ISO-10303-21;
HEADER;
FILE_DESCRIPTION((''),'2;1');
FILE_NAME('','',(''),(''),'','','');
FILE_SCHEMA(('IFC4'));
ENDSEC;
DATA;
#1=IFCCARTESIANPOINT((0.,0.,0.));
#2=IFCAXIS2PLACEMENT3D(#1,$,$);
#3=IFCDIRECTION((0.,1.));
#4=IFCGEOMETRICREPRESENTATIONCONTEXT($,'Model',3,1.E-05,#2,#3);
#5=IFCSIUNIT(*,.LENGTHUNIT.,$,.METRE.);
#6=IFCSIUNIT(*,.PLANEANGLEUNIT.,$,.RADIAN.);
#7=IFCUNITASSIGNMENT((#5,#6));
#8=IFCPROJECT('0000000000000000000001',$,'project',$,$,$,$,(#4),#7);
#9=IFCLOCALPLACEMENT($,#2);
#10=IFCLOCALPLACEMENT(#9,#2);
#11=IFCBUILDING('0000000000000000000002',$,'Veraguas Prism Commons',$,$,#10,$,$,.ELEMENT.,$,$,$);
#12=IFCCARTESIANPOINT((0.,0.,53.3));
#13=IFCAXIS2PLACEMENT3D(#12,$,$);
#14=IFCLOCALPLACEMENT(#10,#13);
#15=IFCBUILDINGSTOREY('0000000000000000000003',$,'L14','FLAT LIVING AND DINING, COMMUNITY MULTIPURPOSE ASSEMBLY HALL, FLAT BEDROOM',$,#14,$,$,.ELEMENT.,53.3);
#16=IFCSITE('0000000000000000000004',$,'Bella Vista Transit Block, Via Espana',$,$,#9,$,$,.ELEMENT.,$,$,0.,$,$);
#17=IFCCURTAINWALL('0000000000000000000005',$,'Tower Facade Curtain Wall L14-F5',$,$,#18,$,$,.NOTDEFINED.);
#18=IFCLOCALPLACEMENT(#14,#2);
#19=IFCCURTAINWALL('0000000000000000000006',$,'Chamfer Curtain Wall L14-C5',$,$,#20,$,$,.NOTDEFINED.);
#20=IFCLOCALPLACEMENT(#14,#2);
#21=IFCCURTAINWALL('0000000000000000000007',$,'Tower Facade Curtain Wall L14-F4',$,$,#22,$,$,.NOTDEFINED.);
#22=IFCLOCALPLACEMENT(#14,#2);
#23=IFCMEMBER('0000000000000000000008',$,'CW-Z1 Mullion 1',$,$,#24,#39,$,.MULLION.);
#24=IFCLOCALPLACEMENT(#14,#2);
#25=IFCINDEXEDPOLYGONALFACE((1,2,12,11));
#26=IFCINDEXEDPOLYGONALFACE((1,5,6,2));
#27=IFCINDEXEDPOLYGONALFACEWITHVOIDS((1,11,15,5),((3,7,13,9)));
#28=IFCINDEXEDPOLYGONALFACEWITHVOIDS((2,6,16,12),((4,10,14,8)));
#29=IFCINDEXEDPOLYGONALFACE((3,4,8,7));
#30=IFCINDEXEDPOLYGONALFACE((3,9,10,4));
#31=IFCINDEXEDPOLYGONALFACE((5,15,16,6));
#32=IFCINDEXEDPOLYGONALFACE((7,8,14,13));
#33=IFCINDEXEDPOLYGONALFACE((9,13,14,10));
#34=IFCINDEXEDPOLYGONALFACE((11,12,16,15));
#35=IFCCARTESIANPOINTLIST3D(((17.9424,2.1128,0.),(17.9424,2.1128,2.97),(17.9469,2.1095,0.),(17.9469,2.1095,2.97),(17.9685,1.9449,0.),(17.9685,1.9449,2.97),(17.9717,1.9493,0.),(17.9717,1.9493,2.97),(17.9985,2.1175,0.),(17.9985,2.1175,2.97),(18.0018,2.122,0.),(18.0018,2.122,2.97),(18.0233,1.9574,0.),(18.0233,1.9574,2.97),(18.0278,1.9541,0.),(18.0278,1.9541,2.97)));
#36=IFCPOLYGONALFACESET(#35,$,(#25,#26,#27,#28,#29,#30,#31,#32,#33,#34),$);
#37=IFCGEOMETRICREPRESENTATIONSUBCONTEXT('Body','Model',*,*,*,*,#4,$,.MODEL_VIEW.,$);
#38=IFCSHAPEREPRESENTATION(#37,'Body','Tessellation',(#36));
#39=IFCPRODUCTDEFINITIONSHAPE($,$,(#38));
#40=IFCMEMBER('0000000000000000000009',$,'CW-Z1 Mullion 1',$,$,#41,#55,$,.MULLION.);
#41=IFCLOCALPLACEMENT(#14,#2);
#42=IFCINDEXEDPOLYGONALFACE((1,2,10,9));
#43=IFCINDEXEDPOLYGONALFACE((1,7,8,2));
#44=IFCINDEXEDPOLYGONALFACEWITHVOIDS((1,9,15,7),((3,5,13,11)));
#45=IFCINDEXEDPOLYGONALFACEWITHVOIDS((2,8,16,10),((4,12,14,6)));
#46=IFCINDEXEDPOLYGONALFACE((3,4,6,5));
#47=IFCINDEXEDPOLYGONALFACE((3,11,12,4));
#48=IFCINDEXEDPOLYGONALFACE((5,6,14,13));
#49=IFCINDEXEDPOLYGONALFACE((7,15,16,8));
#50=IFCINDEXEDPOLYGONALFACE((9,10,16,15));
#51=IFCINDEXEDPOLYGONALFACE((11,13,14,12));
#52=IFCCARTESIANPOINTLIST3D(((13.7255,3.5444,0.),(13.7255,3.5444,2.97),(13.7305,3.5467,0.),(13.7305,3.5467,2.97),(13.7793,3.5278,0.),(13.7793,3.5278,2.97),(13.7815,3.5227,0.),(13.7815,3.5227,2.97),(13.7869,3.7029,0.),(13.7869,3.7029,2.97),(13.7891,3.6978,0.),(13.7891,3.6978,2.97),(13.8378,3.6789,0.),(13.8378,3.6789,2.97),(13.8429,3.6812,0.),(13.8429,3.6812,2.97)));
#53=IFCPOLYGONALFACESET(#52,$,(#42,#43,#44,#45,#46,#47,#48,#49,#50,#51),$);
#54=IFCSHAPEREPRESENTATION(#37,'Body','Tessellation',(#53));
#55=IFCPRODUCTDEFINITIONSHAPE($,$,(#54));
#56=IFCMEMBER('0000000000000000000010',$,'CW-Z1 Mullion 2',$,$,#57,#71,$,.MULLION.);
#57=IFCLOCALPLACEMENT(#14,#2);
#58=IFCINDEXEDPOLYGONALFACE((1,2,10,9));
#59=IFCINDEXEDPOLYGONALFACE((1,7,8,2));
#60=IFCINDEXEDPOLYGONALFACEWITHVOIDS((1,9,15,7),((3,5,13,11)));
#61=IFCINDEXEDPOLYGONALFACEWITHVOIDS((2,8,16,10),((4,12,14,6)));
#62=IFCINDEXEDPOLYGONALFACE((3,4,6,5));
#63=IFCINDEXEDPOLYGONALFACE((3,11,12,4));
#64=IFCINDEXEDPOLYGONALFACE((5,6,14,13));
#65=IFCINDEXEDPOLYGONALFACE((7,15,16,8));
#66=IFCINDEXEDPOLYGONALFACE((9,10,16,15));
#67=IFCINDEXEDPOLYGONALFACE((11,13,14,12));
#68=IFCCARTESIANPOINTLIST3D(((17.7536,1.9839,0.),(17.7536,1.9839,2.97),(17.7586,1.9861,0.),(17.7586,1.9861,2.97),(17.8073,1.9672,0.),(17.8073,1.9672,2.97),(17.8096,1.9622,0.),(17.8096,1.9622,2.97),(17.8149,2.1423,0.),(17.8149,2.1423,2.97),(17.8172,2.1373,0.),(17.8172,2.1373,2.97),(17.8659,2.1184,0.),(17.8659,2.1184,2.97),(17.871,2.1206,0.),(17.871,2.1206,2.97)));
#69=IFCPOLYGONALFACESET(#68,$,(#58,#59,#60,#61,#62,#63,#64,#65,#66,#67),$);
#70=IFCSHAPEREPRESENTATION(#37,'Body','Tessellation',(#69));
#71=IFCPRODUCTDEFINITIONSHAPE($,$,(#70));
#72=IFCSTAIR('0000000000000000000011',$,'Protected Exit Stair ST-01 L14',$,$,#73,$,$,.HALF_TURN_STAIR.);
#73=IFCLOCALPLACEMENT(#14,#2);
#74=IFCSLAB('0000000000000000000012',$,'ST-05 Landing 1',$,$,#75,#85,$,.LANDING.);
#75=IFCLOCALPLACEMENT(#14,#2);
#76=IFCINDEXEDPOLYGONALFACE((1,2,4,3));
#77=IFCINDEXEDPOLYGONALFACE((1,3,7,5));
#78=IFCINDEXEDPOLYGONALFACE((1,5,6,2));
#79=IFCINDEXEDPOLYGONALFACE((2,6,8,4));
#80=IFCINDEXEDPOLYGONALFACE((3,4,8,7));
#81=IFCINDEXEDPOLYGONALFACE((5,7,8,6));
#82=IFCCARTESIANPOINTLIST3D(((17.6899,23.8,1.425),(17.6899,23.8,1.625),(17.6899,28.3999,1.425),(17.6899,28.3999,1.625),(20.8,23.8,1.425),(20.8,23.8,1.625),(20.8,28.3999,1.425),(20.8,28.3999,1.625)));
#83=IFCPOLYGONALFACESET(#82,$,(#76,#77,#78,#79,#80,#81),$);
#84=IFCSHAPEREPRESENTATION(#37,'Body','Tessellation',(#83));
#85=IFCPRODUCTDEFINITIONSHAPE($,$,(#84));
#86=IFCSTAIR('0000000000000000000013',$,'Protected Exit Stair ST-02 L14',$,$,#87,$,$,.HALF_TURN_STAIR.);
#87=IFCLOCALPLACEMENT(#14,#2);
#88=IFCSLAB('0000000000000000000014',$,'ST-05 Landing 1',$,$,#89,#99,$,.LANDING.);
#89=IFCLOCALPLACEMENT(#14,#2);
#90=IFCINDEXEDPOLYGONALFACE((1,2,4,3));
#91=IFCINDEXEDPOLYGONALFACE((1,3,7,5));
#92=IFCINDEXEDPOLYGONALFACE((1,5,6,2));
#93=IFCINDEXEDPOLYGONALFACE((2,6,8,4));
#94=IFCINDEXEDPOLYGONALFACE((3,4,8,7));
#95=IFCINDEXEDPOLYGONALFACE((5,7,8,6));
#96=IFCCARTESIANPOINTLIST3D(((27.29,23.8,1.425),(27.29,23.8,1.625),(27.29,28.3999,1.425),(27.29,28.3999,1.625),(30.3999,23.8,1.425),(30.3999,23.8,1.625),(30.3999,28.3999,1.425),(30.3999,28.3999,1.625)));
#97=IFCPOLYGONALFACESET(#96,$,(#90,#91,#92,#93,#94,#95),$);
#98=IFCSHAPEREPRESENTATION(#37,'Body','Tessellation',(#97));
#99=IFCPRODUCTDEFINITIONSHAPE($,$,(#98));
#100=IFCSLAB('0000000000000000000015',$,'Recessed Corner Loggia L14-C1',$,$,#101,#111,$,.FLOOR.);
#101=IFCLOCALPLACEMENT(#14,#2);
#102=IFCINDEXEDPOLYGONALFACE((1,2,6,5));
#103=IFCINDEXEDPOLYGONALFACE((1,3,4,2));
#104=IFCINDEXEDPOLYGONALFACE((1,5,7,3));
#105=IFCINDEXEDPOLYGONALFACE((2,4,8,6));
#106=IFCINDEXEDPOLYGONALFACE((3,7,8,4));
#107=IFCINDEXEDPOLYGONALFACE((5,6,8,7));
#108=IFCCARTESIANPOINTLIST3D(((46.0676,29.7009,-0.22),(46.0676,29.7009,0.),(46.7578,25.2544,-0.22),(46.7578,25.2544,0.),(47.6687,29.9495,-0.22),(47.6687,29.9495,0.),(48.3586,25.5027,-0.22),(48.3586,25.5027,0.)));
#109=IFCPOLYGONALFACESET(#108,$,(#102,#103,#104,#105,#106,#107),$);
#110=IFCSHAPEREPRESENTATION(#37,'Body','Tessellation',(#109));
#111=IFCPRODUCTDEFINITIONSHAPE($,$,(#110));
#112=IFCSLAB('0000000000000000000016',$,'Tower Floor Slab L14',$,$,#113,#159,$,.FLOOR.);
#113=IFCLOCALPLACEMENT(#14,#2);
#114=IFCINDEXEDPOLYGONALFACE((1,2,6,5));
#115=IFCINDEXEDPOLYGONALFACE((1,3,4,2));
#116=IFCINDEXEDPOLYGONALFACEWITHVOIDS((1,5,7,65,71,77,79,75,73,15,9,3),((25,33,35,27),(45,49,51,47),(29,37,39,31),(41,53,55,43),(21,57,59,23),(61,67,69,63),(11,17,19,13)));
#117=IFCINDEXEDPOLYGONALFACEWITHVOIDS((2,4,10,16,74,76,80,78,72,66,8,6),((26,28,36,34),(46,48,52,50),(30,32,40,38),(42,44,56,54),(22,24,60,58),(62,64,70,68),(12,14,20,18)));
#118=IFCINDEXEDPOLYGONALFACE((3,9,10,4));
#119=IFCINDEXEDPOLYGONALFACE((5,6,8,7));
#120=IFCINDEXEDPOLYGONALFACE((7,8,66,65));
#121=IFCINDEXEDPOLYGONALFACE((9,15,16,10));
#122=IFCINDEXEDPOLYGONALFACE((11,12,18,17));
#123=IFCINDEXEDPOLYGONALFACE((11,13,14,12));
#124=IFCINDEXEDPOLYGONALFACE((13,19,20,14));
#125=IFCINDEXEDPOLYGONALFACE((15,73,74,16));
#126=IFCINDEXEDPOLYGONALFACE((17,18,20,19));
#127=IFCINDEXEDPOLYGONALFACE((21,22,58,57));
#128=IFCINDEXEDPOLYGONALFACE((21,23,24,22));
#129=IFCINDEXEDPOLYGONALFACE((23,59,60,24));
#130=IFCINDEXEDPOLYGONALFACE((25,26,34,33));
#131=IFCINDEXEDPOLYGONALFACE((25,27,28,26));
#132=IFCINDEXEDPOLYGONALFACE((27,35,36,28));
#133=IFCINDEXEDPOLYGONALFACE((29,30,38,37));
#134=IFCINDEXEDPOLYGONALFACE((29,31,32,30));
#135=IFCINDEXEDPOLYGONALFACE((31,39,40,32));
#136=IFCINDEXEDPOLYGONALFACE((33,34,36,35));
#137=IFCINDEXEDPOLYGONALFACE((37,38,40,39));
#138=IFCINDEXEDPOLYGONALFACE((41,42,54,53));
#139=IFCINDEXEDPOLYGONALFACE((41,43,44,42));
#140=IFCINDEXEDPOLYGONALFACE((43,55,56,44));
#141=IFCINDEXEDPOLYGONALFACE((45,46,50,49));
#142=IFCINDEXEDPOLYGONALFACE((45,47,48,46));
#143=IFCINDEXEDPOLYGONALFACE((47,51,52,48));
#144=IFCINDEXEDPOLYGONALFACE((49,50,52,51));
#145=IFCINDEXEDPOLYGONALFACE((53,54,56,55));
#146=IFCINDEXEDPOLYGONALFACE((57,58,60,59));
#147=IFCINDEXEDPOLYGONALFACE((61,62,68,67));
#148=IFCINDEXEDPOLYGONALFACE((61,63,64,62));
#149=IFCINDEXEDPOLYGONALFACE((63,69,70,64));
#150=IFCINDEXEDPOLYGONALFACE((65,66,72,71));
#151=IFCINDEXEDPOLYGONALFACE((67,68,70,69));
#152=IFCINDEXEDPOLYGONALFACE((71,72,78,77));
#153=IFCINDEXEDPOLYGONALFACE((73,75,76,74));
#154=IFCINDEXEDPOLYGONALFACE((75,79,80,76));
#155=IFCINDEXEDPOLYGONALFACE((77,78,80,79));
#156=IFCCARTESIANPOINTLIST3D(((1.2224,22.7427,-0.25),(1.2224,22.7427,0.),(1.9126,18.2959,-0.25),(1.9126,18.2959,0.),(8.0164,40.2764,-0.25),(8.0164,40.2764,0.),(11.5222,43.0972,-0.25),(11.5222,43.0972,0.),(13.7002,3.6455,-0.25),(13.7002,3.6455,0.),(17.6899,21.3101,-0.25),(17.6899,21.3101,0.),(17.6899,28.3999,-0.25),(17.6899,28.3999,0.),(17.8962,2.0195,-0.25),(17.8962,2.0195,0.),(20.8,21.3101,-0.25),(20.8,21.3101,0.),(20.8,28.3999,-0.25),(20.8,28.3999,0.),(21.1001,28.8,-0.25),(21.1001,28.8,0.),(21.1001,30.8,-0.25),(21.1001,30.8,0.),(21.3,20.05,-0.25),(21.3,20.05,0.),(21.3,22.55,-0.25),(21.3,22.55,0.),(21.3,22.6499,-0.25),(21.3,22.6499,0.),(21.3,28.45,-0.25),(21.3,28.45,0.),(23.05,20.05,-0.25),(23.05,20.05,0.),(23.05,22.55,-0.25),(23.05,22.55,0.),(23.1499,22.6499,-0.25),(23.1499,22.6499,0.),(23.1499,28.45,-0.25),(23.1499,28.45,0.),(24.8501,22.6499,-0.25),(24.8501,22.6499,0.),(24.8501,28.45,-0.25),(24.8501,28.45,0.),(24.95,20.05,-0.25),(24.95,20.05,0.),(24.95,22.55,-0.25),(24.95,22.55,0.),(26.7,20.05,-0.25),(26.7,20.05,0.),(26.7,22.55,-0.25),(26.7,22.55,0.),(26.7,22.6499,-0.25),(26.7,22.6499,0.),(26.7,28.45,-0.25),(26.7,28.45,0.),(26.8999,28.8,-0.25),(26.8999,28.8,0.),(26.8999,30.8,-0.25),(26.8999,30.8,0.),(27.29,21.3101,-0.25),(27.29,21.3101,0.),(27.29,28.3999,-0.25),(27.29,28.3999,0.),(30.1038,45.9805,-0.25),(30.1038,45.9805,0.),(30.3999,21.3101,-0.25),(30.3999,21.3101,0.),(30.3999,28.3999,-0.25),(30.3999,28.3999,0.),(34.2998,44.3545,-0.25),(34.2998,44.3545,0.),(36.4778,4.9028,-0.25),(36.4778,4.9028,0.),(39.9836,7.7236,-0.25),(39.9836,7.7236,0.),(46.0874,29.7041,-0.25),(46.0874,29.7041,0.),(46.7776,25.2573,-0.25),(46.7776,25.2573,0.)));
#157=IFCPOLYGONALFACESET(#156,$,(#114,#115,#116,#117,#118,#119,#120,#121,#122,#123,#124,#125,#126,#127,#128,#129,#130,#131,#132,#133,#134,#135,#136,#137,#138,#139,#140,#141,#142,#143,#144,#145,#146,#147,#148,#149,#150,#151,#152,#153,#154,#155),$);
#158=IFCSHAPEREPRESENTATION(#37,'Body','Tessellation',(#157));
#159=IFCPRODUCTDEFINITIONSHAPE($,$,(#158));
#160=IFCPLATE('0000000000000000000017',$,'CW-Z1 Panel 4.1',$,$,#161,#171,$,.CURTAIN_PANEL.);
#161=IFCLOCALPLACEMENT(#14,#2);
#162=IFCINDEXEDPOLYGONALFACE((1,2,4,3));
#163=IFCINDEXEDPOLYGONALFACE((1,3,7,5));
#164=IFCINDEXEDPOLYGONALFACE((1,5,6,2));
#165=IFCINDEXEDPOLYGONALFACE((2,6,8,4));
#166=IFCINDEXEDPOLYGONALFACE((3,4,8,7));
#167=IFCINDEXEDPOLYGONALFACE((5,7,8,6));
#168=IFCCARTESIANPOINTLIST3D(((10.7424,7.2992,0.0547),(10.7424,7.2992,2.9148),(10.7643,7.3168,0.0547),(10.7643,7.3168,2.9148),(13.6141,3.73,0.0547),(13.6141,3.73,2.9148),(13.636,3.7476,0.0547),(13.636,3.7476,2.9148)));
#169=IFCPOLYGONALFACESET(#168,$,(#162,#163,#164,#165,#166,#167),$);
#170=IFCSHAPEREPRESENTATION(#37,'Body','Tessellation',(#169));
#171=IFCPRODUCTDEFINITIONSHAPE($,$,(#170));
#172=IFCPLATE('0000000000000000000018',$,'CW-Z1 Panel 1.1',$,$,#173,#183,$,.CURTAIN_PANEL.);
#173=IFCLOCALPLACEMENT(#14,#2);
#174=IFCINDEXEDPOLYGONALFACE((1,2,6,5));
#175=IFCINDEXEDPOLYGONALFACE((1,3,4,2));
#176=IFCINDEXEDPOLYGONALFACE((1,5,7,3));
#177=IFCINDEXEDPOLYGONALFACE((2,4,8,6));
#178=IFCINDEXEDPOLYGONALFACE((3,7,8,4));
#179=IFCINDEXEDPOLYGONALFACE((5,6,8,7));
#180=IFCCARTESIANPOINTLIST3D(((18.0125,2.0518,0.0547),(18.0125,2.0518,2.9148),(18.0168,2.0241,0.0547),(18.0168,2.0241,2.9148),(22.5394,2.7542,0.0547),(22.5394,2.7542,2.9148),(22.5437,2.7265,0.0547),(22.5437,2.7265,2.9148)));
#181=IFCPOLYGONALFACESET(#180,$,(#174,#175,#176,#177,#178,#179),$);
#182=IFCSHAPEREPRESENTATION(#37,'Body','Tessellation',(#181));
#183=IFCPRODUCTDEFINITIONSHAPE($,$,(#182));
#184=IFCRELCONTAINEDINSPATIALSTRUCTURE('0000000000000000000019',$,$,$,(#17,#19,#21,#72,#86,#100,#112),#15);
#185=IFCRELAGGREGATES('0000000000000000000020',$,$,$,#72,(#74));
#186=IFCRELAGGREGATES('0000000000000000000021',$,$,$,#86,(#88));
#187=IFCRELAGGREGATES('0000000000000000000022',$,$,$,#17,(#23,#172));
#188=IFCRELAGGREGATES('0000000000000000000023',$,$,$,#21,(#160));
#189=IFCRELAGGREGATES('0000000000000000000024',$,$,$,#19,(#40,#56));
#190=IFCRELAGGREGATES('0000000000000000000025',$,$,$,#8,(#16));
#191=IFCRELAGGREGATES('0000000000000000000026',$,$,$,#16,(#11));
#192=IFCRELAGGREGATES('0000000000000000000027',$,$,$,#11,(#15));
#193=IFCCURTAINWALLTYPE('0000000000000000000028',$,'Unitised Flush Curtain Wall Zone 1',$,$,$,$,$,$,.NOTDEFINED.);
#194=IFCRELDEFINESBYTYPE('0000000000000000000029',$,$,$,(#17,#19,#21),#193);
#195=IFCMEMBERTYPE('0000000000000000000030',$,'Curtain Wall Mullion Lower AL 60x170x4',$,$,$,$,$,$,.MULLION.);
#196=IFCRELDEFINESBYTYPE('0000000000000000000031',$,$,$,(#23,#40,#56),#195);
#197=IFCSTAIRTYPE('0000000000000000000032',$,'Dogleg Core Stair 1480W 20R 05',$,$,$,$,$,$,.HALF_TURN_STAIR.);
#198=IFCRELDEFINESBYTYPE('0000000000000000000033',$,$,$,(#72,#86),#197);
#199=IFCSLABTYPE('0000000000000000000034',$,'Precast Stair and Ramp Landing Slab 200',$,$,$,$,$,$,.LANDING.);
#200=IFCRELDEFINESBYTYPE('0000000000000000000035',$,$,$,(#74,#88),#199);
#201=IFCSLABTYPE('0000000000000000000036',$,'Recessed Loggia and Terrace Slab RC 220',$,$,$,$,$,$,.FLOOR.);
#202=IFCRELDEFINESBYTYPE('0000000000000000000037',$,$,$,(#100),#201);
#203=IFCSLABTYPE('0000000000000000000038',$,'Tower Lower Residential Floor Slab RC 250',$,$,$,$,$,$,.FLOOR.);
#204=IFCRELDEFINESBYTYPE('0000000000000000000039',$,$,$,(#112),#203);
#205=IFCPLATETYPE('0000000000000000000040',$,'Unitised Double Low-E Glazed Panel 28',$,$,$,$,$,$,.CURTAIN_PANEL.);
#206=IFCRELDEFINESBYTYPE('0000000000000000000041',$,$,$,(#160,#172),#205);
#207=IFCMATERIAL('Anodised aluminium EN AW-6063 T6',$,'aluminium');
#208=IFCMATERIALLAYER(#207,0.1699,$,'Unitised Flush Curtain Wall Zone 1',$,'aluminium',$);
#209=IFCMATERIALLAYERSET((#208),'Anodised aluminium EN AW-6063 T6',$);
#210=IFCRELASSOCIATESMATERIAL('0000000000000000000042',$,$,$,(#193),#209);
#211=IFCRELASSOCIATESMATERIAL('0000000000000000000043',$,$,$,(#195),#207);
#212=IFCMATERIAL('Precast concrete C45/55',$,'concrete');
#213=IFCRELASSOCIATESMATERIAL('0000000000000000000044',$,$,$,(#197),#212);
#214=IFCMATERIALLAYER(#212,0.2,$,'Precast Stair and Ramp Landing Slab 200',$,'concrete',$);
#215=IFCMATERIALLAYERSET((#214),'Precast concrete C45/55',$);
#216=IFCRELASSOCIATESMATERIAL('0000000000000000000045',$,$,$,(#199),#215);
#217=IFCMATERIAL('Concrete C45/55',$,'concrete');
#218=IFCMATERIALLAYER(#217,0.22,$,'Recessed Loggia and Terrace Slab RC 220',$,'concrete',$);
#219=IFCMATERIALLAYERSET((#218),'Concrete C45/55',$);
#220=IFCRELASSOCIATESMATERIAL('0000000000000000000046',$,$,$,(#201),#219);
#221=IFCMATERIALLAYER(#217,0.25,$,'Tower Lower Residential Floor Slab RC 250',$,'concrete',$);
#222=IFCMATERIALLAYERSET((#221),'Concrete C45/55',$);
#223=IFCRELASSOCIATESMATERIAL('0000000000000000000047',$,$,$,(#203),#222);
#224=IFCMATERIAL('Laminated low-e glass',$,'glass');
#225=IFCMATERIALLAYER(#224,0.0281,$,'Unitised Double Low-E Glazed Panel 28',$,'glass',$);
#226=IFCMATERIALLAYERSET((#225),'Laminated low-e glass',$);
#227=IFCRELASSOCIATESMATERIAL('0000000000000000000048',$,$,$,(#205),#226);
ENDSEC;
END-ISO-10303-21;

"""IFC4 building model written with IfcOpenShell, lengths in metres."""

from ifc_helpers import new_model, si_unit, direction, frame, origin, origin_2d, place, context, subcontext, project, spatial, polyline, rectangle, hollow_rectangle, outline, extrude, source, transform, mapped, material, layer, layer_set, material_profile, profile_set, type_object, element, aggregate, save


model = new_model("IFC4")

# Units and contexts
model_context = context("Model", 3, precision=1e-05, world=origin(), true_north=direction((0.0, 1.0)))
body_context = subcontext(model_context, "Body", "Model", "MODEL_VIEW")
ifc_project = project(units=[si_unit("LENGTHUNIT", "METRE"), si_unit("PLANEANGLEUNIT", "RADIAN")], contexts=[model_context])

# Site, building, storey
site_placement = place(None, origin())
site = spatial("IfcSite", under=ifc_project, at=site_placement, Name="Bella Vista Transit Block, Via Espana", CompositionType="ELEMENT", RefElevation=0.0)
building_placement = place(site_placement, origin())
building = spatial("IfcBuilding", under=site, at=building_placement, Name="Veraguas Prism Commons", CompositionType="ELEMENT")
storey_placement = place(building_placement, frame((0.0, 0.0, 53.3)))
storey = spatial("IfcBuildingStorey", under=building, at=storey_placement, Name="L14", Description="FLAT LIVING AND DINING, COMMUNITY MULTIPURPOSE ASSEMBLY HALL, FLAT BEDROOM", CompositionType="ELEMENT", Elevation=53.3)

# Curtain walls
ifc_material_1 = material(Name="Anodised aluminium EN AW-6063 T6", Category="aluminium")
ifc_layer_1 = layer(ifc_material_1, 0.1699, Name="Unitised Flush Curtain Wall Zone 1", Category="aluminium")
ifc_layer_set_1 = layer_set([ifc_layer_1], Name="Anodised aluminium EN AW-6063 T6")
curtain_wall_type = type_object("IfcCurtainWallType", Name="Unitised Flush Curtain Wall Zone 1", PredefinedType="NOTDEFINED", material=ifc_layer_set_1)
curtain_wall_1_placement = place(storey_placement, origin())
curtain_wall_1 = element("IfcCurtainWall", 1, at=curtain_wall_1_placement, inside=storey, type_object=curtain_wall_type, Name="Tower Facade Curtain Wall L14-F5", PredefinedType="NOTDEFINED")
curtain_wall_2_placement = place(storey_placement, origin())
curtain_wall_2 = element("IfcCurtainWall", 2, at=curtain_wall_2_placement, inside=storey, type_object=curtain_wall_type, Name="Chamfer Curtain Wall L14-C5", PredefinedType="NOTDEFINED")
curtain_wall_3_placement = place(storey_placement, origin())
curtain_wall_3 = element("IfcCurtainWall", 3, at=curtain_wall_3_placement, inside=storey, type_object=curtain_wall_type, Name="Tower Facade Curtain Wall L14-F4", PredefinedType="NOTDEFINED")
ifc_material_profile_1 = material_profile(ifc_material_1, hollow_rectangle(XDim=0.0601, YDim=0.1699, WallThickness=0.0039, at=origin_2d()), Name="AL60X170X4")
ifc_profile_set_1 = profile_set([ifc_material_profile_1], Name="Anodised aluminium EN AW-6063 T6")
member_type_1 = type_object("IfcMemberType", Name="Curtain Wall Mullion Lower AL 60x170x4", PredefinedType="MULLION", material=ifc_profile_set_1)
shared_shape_1 = source(origin(), body_context, "Body", "SweptSolid", [
    extrude(hollow_rectangle(XDim=0.0601, YDim=0.1699, WallThickness=0.0039, at=origin_2d()), origin(), (0.0, 0.0, 1.0), 2.97),
])

# Members
member_1_placement = place(storey_placement, frame((17.9851, 2.0334, 0.0), z_axis=(0.0, 0.0, 1.0), x_axis=(0.988175, 0.153331, 0.0)))
member_1 = element("IfcMember", 4, at=member_1_placement, type_object=member_type_1, Name="CW-Z1 Mullion 1", PredefinedType="MULLION", context=body_context, shape_type="MappedRepresentation", body=[
    mapped(shared_shape_1, transform((0.0, 0.0, 0.0), scale=1.0)),
])
member_2_placement = place(storey_placement, frame((13.7842, 3.6128, 0.0), z_axis=(0.0, 0.0, 1.0), x_axis=(0.932459, -0.361276, 0.0)))
member_2 = element("IfcMember", 5, at=member_2_placement, type_object=member_type_1, Name="CW-Z1 Mullion 1", PredefinedType="MULLION", context=body_context, shape_type="MappedRepresentation", body=[
    mapped(shared_shape_1, transform((0.0, 0.0, 0.0), scale=1.0)),
])
member_3_placement = place(storey_placement, frame((17.8123, 2.0522, 0.0), z_axis=(0.0, 0.0, 1.0), x_axis=(0.932459, -0.361276, 0.0)))
member_3 = element("IfcMember", 6, at=member_3_placement, type_object=member_type_1, Name="CW-Z1 Mullion 2", PredefinedType="MULLION", context=body_context, shape_type="MappedRepresentation", body=[
    mapped(shared_shape_1, transform((0.0, 0.0, 0.0), scale=1.0)),
])

# Stairs, slabs
ifc_material_2 = material(Name="Precast concrete C45/55", Category="concrete")
stair_type = type_object("IfcStairType", Name="Dogleg Core Stair 1480W 20R 05", PredefinedType="HALF_TURN_STAIR", material=ifc_material_2)
stair_1_placement = place(storey_placement, origin())
stair_1 = element("IfcStair", 7, at=stair_1_placement, inside=storey, type_object=stair_type, Name="Protected Exit Stair ST-01 L14", PredefinedType="HALF_TURN_STAIR")
ifc_layer_2 = layer(ifc_material_2, 0.2, Name="Precast Stair and Ramp Landing Slab 200", Category="concrete")
ifc_layer_set_2 = layer_set([ifc_layer_2], Name="Precast concrete C45/55")
slab_type_1 = type_object("IfcSlabType", Name="Precast Stair and Ramp Landing Slab 200", PredefinedType="LANDING", material=ifc_layer_set_2)
slab_1_placement = place(storey_placement, frame((0.0, 0.0, 1.425)))
slab_1 = element("IfcSlab", 8, at=slab_1_placement, type_object=slab_type_1, Name="ST-05 Landing 1", PredefinedType="LANDING", context=body_context, shape_type="SweptSolid", body=[
    extrude(outline(polyline([(20.8, 23.8), (20.8, 28.3999), (17.6899, 28.3999), (17.6899, 23.8), (20.8, 23.8)])), origin(), (0.0, 0.0, 1.0), 0.2),
])
aggregate(stair_1, [slab_1])
stair_2_placement = place(storey_placement, origin())
stair_2 = element("IfcStair", 9, at=stair_2_placement, inside=storey, type_object=stair_type, Name="Protected Exit Stair ST-02 L14", PredefinedType="HALF_TURN_STAIR")
slab_2_placement = place(storey_placement, frame((0.0, 0.0, 1.425)))
slab_2 = element("IfcSlab", 10, at=slab_2_placement, type_object=slab_type_1, Name="ST-05 Landing 1", PredefinedType="LANDING", context=body_context, shape_type="SweptSolid", body=[
    extrude(outline(polyline([(30.3999, 23.8), (30.3999, 28.3999), (27.29, 28.3999), (27.29, 23.8), (30.3999, 23.8)])), origin(), (0.0, 0.0, 1.0), 0.2),
])
aggregate(stair_2, [slab_2])

# Slabs
ifc_material_3 = material(Name="Concrete C45/55", Category="concrete")
ifc_layer_3 = layer(ifc_material_3, 0.22, Name="Recessed Loggia and Terrace Slab RC 220", Category="concrete")
ifc_layer_set_3 = layer_set([ifc_layer_3], Name="Concrete C45/55")
slab_type_2 = type_object("IfcSlabType", Name="Recessed Loggia and Terrace Slab RC 220", PredefinedType="FLOOR", material=ifc_layer_set_3)
slab_3_placement = place(storey_placement, frame((0.0, 0.0, -0.22)))
element("IfcSlab", 11, at=slab_3_placement, inside=storey, type_object=slab_type_2, Name="Recessed Corner Loggia L14-C1", PredefinedType="FLOOR", context=body_context, shape_type="SweptSolid", body=[
    extrude(outline(polyline([(46.7578, 25.2544), (48.3586, 25.5027), (47.6687, 29.9495), (46.0676, 29.7009), (46.7578, 25.2544)])), origin(), (0.0, 0.0, 1.0), 0.22),
])
ifc_layer_4 = layer(ifc_material_3, 0.25, Name="Tower Lower Residential Floor Slab RC 250", Category="concrete")
ifc_layer_set_4 = layer_set([ifc_layer_4], Name="Concrete C45/55")
slab_type_3 = type_object("IfcSlabType", Name="Tower Lower Residential Floor Slab RC 250", PredefinedType="FLOOR", material=ifc_layer_set_4)
slab_4_placement = place(storey_placement, frame((0.0, 0.0, -0.25)))
element("IfcSlab", 12, at=slab_4_placement, inside=storey, type_object=slab_type_3, Name="Tower Floor Slab L14", PredefinedType="FLOOR", context=body_context, shape_type="SweptSolid", body=[
    extrude(outline(polyline([(46.7776, 25.2573), (46.0874, 29.7041), (34.2998, 44.3545), (30.1038, 45.9805), (11.5222, 43.0972), (8.0164, 40.2764), (1.2224, 22.7427), (1.9126, 18.2959), (13.7002, 3.6455), (17.8962, 2.0195), (36.4778, 4.9028), (39.9836, 7.7236), (46.7776, 25.2573)]), holes=[polyline([(20.8, 21.3101), (20.8, 28.3999), (17.6899, 28.3999), (17.6899, 21.3101), (20.8, 21.3101)]), polyline([(30.3999, 21.3101), (30.3999, 28.3999), (27.29, 28.3999), (27.29, 21.3101), (30.3999, 21.3101)]), polyline([(21.3, 22.6499), (23.1499, 22.6499), (23.1499, 28.45), (21.3, 28.45), (21.3, 22.6499)]), polyline([(24.8501, 22.6499), (26.7, 22.6499), (26.7, 28.45), (24.8501, 28.45), (24.8501, 22.6499)]), polyline([(21.1001, 28.8), (26.8999, 28.8), (26.8999, 30.8), (21.1001, 30.8), (21.1001, 28.8)]), polyline([(21.3, 20.05), (23.05, 20.05), (23.05, 22.55), (21.3, 22.55), (21.3, 20.05)]), polyline([(24.95, 20.05), (26.7, 20.05), (26.7, 22.55), (24.95, 22.55), (24.95, 20.05)])]), origin(), (0.0, 0.0, 1.0), 0.25),
])

# Plates
ifc_material_4 = material(Name="Laminated low-e glass", Category="glass")
ifc_layer_5 = layer(ifc_material_4, 0.0281, Name="Unitised Double Low-E Glazed Panel 28", Category="glass")
ifc_layer_set_5 = layer_set([ifc_layer_5], Name="Laminated low-e glass")
plate_type = type_object("IfcPlateType", Name="Unitised Double Low-E Glazed Panel 28", PredefinedType="CURTAIN_PANEL", material=ifc_layer_set_5)
shared_shape_2 = source(origin(), body_context, "Body", "SweptSolid", [
    extrude(rectangle(XDim=4.5811, YDim=0.0281, at=origin_2d()), origin(), (0.0, 0.0, 1.0), 2.8601),
])
plate_1_placement = place(storey_placement, frame((12.1892, 5.5234, 0.0547), z_axis=(0.0, 0.0, 1.0), x_axis=(0.626873, -0.779121, 0.0)))
plate_1 = element("IfcPlate", 13, at=plate_1_placement, type_object=plate_type, Name="CW-Z1 Panel 4.1", PredefinedType="CURTAIN_PANEL", context=body_context, shape_type="MappedRepresentation", body=[
    mapped(shared_shape_2, transform((0.0, 0.0, 0.0), scale=1.0)),
])
plate_2_placement = place(storey_placement, frame((20.2781, 2.3892, 0.0547), z_axis=(0.0, 0.0, 1.0), x_axis=(0.988175, 0.153331, 0.0)))
plate_2 = element("IfcPlate", 14, at=plate_2_placement, type_object=plate_type, Name="CW-Z1 Panel 1.1", PredefinedType="CURTAIN_PANEL", context=body_context, shape_type="MappedRepresentation", body=[
    mapped(shared_shape_2, transform((0.0, 0.0, 0.0), scale=1.0)),
])
aggregate(curtain_wall_1, [member_1, plate_2])
aggregate(curtain_wall_3, [plate_1])
aggregate(curtain_wall_2, [member_2, member_3])

save(model, "model.ifc")
